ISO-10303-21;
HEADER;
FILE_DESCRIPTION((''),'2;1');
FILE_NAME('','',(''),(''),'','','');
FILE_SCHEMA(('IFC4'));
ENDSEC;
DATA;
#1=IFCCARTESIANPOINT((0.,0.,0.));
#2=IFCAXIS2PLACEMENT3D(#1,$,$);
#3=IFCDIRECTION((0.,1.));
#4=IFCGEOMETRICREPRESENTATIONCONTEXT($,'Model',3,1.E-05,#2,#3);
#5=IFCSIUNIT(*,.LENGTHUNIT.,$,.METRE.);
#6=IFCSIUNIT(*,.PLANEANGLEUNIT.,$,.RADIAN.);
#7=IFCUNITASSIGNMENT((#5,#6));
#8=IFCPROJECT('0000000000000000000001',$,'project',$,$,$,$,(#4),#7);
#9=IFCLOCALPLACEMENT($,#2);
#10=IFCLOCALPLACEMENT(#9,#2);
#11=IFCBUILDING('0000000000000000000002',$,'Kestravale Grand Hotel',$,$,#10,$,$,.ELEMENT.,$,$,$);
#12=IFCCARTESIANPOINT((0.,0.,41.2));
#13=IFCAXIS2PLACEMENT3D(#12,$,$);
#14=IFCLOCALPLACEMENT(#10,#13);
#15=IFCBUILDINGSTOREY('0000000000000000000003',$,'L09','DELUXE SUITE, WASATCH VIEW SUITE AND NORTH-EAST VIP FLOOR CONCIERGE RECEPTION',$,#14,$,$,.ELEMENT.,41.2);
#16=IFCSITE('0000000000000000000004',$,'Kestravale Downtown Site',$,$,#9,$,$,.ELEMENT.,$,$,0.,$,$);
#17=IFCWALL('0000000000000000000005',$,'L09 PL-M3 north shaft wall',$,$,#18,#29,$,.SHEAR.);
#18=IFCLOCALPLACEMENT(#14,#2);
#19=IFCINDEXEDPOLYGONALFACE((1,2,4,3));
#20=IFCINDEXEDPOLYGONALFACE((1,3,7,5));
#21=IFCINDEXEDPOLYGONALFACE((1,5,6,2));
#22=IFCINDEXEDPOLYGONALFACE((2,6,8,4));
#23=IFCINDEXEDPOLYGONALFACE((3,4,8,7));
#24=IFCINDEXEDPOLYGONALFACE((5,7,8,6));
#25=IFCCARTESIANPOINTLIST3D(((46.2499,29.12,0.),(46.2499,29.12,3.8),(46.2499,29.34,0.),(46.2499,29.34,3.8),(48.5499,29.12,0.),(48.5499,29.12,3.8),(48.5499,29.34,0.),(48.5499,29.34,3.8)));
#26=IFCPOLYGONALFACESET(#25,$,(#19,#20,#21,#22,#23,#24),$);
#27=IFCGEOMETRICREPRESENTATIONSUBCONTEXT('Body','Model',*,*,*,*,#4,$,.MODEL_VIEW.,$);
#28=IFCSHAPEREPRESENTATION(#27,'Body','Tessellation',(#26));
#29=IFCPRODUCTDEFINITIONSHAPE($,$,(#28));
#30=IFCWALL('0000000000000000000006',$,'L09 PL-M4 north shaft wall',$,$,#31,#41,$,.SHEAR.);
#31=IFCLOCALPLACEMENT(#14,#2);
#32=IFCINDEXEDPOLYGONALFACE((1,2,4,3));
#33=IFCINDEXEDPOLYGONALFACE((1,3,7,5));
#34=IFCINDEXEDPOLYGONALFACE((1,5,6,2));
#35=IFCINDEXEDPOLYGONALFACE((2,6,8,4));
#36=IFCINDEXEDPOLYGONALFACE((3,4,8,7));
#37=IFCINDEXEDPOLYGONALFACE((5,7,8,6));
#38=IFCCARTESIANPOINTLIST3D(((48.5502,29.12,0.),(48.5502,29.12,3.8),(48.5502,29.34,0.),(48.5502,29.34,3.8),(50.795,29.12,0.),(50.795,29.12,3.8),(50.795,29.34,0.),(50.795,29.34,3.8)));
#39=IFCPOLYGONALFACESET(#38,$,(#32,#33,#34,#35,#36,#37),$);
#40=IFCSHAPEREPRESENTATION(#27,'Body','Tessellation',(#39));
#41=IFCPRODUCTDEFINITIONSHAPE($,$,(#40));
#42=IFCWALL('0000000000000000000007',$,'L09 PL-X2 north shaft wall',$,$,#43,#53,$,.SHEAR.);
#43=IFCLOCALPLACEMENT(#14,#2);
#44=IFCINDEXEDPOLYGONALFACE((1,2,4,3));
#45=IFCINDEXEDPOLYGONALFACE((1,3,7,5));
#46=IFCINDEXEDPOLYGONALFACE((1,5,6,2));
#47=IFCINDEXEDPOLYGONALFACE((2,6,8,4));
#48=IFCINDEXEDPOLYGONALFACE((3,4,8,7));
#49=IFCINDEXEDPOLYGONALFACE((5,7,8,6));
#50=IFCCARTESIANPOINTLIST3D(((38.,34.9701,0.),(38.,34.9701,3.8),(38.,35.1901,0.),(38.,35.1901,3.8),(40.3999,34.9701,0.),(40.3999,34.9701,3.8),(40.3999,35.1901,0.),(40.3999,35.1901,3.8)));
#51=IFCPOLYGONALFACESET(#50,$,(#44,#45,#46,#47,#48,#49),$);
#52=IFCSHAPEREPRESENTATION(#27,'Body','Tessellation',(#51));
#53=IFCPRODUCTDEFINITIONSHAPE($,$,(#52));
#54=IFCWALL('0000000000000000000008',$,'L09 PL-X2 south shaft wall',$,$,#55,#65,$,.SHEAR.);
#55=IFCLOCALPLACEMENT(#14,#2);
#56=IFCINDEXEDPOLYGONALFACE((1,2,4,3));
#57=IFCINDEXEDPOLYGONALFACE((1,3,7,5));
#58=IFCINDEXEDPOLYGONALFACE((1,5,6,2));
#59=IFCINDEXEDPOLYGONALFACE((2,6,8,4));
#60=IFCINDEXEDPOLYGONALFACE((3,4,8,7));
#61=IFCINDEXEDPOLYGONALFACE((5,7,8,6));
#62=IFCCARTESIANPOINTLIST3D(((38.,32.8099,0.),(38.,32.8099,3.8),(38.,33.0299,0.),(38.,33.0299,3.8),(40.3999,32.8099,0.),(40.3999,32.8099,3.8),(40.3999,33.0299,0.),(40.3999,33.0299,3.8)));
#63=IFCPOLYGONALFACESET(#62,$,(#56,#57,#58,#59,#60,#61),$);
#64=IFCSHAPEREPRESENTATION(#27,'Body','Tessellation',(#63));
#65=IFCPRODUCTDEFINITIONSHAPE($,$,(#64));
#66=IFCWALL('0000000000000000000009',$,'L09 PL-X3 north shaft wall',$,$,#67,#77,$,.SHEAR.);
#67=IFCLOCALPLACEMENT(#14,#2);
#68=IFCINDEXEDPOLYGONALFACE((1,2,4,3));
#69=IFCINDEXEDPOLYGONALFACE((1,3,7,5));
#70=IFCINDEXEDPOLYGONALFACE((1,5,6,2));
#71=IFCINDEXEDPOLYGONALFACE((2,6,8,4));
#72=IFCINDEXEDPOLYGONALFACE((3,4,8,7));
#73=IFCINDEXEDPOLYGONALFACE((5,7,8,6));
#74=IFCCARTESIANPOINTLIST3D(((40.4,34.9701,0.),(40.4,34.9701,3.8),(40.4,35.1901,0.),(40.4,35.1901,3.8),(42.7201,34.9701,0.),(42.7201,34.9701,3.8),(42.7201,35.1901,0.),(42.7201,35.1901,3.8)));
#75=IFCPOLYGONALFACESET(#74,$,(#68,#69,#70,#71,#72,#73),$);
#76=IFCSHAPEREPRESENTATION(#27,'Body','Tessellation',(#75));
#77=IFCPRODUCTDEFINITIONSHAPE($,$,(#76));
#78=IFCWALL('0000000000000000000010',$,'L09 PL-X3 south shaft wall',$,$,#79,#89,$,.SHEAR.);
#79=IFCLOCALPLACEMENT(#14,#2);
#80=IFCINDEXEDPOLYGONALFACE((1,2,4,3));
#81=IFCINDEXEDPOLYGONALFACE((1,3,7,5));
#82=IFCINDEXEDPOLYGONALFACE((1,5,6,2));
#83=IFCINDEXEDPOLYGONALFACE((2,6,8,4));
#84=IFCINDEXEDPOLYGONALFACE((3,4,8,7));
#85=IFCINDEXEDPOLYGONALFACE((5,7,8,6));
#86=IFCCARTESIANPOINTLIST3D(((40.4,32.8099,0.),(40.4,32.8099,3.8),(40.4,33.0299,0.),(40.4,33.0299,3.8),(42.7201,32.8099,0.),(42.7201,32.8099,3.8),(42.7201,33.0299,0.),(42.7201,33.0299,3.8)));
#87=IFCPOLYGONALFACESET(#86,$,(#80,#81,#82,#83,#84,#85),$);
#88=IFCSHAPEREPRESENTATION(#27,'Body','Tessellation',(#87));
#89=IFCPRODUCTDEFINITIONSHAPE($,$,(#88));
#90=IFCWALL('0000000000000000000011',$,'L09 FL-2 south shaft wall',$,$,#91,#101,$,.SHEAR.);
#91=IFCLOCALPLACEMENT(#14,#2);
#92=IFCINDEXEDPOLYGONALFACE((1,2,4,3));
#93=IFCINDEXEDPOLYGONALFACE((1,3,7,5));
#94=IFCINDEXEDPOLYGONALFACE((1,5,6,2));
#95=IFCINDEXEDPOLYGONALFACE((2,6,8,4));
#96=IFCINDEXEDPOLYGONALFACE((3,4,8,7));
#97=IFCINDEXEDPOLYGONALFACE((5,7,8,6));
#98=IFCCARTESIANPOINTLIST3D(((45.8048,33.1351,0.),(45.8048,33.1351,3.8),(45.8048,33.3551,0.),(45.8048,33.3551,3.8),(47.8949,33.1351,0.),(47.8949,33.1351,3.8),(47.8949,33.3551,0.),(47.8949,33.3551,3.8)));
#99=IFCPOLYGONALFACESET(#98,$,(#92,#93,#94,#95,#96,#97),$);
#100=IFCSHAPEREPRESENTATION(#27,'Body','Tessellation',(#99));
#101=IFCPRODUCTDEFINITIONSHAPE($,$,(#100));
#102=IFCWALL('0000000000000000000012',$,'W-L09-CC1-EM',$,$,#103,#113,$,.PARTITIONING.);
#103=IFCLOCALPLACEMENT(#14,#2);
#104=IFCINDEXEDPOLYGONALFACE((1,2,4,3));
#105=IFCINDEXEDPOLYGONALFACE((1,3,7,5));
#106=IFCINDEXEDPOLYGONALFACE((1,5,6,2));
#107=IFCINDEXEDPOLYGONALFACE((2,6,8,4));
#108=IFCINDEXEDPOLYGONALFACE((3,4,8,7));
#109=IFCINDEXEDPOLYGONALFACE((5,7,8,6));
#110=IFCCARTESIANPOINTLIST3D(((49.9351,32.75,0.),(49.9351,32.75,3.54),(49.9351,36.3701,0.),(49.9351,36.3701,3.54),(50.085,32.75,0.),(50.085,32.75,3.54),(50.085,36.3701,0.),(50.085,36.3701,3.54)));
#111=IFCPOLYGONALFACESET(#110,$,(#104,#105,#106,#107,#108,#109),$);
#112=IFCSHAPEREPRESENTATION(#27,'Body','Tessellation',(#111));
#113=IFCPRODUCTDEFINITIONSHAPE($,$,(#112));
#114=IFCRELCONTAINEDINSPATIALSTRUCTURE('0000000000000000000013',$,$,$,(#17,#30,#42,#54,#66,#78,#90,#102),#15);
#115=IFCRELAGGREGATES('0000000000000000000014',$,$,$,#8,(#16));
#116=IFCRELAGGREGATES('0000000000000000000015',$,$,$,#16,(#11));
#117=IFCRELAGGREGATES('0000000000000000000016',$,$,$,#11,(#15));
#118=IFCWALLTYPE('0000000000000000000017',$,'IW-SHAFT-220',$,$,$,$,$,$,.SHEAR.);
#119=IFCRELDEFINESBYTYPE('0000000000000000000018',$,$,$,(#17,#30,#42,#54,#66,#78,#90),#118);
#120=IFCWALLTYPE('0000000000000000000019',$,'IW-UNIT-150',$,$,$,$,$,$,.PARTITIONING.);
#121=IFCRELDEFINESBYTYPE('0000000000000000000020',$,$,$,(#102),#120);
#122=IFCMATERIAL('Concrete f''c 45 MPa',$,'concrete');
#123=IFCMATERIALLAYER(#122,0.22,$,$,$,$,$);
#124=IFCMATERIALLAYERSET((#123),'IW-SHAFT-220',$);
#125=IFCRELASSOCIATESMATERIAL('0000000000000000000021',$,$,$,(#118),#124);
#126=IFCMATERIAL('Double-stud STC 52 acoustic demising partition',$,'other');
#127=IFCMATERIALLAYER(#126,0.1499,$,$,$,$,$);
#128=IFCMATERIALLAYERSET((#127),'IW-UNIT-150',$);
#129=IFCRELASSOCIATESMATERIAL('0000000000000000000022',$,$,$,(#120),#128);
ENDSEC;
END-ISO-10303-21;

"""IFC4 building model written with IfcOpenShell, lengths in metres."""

from ifc_helpers import new_model, si_unit, direction, frame, frame_2d, origin, place, context, subcontext, project, spatial, rectangle, extrude, material, layer, layer_set, type_object, element, save


model = new_model("IFC4")

# Units and contexts
model_context = context("Model", 3, precision=1e-05, world=origin(), true_north=direction((0.0, 1.0)))
body_context = subcontext(model_context, "Body", "Model", "MODEL_VIEW")
ifc_project = project(units=[si_unit("LENGTHUNIT", "METRE"), si_unit("PLANEANGLEUNIT", "RADIAN")], contexts=[model_context])

# Site, building, storey
site_placement = place(None, origin())
site = spatial("IfcSite", under=ifc_project, at=site_placement, Name="Kestravale Downtown Site", CompositionType="ELEMENT", RefElevation=0.0)
building_placement = place(site_placement, origin())
building = spatial("IfcBuilding", under=site, at=building_placement, Name="Kestravale Grand Hotel", CompositionType="ELEMENT")
storey_placement = place(building_placement, frame((0.0, 0.0, 41.2)))
storey = spatial("IfcBuildingStorey", under=building, at=storey_placement, Name="L09", Description="DELUXE SUITE, WASATCH VIEW SUITE AND NORTH-EAST VIP FLOOR CONCIERGE RECEPTION", CompositionType="ELEMENT", Elevation=41.2)

# Walls
ifc_material_1 = material(Name="Concrete f'c 45 MPa", Category="concrete")
ifc_layer_1 = layer(ifc_material_1, 0.22)
ifc_layer_set_1 = layer_set([ifc_layer_1], Name="IW-SHAFT-220")
wall_type_1 = type_object("IfcWallType", Name="IW-SHAFT-220", PredefinedType="SHEAR", material=ifc_layer_set_1)
for number, where, z_axis, x_axis, name in (
    (1, (46.25, 29.23, 0.0), (0.0, 0.0, 1.0), (1.0, 0.0, 0.0), "L09 PL-M3 north shaft wall"),
):
    element("IfcWall", number, at=place(storey_placement, frame(where, z_axis=z_axis, x_axis=x_axis)), inside=storey, type_object=wall_type_1, Name=name, PredefinedType="SHEAR", context=body_context, shape_type="SweptSolid", body=[
        extrude(rectangle(XDim=2.3, YDim=0.22, at=frame_2d((1.1499, 0.0))), origin(), (0.0, 0.0, 1.0), 3.8),
    ])
wall_1_placement = place(storey_placement, frame((48.55, 29.23, 0.0), z_axis=(0.0, 0.0, 1.0), x_axis=(1.0, 0.0, 0.0)))
element("IfcWall", 2, at=wall_1_placement, inside=storey, type_object=wall_type_1, Name="L09 PL-M4 north shaft wall", PredefinedType="SHEAR", context=body_context, shape_type="SweptSolid", body=[
    extrude(rectangle(XDim=2.2449, YDim=0.22, at=frame_2d((1.1226, 0.0))), origin(), (0.0, 0.0, 1.0), 3.8),
])
for number, where, z_axis, x_axis, name in (
    (3, (38.0, 35.0801, 0.0), (0.0, 0.0, 1.0), (1.0, 0.0, 0.0), "L09 PL-X2 north shaft wall"),
    (4, (38.0, 32.9199, 0.0), (0.0, 0.0, 1.0), (1.0, 0.0, 0.0), "L09 PL-X2 south shaft wall"),
):
    element("IfcWall", number, at=place(storey_placement, frame(where, z_axis=z_axis, x_axis=x_axis)), inside=storey, type_object=wall_type_1, Name=name, PredefinedType="SHEAR", context=body_context, shape_type="SweptSolid", body=[
        extrude(rectangle(XDim=2.3999, YDim=0.22, at=frame_2d((1.2, 0.0))), origin(), (0.0, 0.0, 1.0), 3.8),
    ])
for number, where, z_axis, x_axis, name in (
    (5, (40.3999, 35.0801, 0.0), (0.0, 0.0, 1.0), (1.0, 0.0, 0.0), "L09 PL-X3 north shaft wall"),
    (6, (40.3999, 32.9199, 0.0), (0.0, 0.0, 1.0), (1.0, 0.0, 0.0), "L09 PL-X3 south shaft wall"),
):
    element("IfcWall", number, at=place(storey_placement, frame(where, z_axis=z_axis, x_axis=x_axis)), inside=storey, type_object=wall_type_1, Name=name, PredefinedType="SHEAR", context=body_context, shape_type="SweptSolid", body=[
        extrude(rectangle(XDim=2.3201, YDim=0.22, at=frame_2d((1.1602, 0.0))), origin(), (0.0, 0.0, 1.0), 3.8),
    ])

# Walls
wall_2_placement = place(storey_placement, frame((45.8049, 33.2451, 0.0), z_axis=(0.0, 0.0, 1.0), x_axis=(1.0, 0.0, 0.0)))
element("IfcWall", 7, at=wall_2_placement, inside=storey, type_object=wall_type_1, Name="L09 FL-2 south shaft wall", PredefinedType="SHEAR", context=body_context, shape_type="SweptSolid", body=[
    extrude(rectangle(XDim=2.0901, YDim=0.22, at=frame_2d((1.0449, 0.0))), origin(), (0.0, 0.0, 1.0), 3.8),
])
ifc_material_2 = material(Name="Double-stud STC 52 acoustic demising partition", Category="other")
ifc_layer_2 = layer(ifc_material_2, 0.1499)
ifc_layer_set_2 = layer_set([ifc_layer_2], Name="IW-UNIT-150")
wall_type_2 = type_object("IfcWallType", Name="IW-UNIT-150", PredefinedType="PARTITIONING", material=ifc_layer_set_2)
wall_3_placement = place(storey_placement, frame((50.01, 32.75, 0.0), z_axis=(0.0, 0.0, 1.0), x_axis=(0.0, 1.0, 0.0)))
element("IfcWall", 8, at=wall_3_placement, inside=storey, type_object=wall_type_2, Name="W-L09-CC1-EM", PredefinedType="PARTITIONING", context=body_context, shape_type="SweptSolid", body=[
    extrude(rectangle(XDim=3.6201, YDim=0.1499, at=frame_2d((1.8101, 0.0))), origin(), (0.0, 0.0, 1.0), 3.54),
])

save(model, "model.ifc")
